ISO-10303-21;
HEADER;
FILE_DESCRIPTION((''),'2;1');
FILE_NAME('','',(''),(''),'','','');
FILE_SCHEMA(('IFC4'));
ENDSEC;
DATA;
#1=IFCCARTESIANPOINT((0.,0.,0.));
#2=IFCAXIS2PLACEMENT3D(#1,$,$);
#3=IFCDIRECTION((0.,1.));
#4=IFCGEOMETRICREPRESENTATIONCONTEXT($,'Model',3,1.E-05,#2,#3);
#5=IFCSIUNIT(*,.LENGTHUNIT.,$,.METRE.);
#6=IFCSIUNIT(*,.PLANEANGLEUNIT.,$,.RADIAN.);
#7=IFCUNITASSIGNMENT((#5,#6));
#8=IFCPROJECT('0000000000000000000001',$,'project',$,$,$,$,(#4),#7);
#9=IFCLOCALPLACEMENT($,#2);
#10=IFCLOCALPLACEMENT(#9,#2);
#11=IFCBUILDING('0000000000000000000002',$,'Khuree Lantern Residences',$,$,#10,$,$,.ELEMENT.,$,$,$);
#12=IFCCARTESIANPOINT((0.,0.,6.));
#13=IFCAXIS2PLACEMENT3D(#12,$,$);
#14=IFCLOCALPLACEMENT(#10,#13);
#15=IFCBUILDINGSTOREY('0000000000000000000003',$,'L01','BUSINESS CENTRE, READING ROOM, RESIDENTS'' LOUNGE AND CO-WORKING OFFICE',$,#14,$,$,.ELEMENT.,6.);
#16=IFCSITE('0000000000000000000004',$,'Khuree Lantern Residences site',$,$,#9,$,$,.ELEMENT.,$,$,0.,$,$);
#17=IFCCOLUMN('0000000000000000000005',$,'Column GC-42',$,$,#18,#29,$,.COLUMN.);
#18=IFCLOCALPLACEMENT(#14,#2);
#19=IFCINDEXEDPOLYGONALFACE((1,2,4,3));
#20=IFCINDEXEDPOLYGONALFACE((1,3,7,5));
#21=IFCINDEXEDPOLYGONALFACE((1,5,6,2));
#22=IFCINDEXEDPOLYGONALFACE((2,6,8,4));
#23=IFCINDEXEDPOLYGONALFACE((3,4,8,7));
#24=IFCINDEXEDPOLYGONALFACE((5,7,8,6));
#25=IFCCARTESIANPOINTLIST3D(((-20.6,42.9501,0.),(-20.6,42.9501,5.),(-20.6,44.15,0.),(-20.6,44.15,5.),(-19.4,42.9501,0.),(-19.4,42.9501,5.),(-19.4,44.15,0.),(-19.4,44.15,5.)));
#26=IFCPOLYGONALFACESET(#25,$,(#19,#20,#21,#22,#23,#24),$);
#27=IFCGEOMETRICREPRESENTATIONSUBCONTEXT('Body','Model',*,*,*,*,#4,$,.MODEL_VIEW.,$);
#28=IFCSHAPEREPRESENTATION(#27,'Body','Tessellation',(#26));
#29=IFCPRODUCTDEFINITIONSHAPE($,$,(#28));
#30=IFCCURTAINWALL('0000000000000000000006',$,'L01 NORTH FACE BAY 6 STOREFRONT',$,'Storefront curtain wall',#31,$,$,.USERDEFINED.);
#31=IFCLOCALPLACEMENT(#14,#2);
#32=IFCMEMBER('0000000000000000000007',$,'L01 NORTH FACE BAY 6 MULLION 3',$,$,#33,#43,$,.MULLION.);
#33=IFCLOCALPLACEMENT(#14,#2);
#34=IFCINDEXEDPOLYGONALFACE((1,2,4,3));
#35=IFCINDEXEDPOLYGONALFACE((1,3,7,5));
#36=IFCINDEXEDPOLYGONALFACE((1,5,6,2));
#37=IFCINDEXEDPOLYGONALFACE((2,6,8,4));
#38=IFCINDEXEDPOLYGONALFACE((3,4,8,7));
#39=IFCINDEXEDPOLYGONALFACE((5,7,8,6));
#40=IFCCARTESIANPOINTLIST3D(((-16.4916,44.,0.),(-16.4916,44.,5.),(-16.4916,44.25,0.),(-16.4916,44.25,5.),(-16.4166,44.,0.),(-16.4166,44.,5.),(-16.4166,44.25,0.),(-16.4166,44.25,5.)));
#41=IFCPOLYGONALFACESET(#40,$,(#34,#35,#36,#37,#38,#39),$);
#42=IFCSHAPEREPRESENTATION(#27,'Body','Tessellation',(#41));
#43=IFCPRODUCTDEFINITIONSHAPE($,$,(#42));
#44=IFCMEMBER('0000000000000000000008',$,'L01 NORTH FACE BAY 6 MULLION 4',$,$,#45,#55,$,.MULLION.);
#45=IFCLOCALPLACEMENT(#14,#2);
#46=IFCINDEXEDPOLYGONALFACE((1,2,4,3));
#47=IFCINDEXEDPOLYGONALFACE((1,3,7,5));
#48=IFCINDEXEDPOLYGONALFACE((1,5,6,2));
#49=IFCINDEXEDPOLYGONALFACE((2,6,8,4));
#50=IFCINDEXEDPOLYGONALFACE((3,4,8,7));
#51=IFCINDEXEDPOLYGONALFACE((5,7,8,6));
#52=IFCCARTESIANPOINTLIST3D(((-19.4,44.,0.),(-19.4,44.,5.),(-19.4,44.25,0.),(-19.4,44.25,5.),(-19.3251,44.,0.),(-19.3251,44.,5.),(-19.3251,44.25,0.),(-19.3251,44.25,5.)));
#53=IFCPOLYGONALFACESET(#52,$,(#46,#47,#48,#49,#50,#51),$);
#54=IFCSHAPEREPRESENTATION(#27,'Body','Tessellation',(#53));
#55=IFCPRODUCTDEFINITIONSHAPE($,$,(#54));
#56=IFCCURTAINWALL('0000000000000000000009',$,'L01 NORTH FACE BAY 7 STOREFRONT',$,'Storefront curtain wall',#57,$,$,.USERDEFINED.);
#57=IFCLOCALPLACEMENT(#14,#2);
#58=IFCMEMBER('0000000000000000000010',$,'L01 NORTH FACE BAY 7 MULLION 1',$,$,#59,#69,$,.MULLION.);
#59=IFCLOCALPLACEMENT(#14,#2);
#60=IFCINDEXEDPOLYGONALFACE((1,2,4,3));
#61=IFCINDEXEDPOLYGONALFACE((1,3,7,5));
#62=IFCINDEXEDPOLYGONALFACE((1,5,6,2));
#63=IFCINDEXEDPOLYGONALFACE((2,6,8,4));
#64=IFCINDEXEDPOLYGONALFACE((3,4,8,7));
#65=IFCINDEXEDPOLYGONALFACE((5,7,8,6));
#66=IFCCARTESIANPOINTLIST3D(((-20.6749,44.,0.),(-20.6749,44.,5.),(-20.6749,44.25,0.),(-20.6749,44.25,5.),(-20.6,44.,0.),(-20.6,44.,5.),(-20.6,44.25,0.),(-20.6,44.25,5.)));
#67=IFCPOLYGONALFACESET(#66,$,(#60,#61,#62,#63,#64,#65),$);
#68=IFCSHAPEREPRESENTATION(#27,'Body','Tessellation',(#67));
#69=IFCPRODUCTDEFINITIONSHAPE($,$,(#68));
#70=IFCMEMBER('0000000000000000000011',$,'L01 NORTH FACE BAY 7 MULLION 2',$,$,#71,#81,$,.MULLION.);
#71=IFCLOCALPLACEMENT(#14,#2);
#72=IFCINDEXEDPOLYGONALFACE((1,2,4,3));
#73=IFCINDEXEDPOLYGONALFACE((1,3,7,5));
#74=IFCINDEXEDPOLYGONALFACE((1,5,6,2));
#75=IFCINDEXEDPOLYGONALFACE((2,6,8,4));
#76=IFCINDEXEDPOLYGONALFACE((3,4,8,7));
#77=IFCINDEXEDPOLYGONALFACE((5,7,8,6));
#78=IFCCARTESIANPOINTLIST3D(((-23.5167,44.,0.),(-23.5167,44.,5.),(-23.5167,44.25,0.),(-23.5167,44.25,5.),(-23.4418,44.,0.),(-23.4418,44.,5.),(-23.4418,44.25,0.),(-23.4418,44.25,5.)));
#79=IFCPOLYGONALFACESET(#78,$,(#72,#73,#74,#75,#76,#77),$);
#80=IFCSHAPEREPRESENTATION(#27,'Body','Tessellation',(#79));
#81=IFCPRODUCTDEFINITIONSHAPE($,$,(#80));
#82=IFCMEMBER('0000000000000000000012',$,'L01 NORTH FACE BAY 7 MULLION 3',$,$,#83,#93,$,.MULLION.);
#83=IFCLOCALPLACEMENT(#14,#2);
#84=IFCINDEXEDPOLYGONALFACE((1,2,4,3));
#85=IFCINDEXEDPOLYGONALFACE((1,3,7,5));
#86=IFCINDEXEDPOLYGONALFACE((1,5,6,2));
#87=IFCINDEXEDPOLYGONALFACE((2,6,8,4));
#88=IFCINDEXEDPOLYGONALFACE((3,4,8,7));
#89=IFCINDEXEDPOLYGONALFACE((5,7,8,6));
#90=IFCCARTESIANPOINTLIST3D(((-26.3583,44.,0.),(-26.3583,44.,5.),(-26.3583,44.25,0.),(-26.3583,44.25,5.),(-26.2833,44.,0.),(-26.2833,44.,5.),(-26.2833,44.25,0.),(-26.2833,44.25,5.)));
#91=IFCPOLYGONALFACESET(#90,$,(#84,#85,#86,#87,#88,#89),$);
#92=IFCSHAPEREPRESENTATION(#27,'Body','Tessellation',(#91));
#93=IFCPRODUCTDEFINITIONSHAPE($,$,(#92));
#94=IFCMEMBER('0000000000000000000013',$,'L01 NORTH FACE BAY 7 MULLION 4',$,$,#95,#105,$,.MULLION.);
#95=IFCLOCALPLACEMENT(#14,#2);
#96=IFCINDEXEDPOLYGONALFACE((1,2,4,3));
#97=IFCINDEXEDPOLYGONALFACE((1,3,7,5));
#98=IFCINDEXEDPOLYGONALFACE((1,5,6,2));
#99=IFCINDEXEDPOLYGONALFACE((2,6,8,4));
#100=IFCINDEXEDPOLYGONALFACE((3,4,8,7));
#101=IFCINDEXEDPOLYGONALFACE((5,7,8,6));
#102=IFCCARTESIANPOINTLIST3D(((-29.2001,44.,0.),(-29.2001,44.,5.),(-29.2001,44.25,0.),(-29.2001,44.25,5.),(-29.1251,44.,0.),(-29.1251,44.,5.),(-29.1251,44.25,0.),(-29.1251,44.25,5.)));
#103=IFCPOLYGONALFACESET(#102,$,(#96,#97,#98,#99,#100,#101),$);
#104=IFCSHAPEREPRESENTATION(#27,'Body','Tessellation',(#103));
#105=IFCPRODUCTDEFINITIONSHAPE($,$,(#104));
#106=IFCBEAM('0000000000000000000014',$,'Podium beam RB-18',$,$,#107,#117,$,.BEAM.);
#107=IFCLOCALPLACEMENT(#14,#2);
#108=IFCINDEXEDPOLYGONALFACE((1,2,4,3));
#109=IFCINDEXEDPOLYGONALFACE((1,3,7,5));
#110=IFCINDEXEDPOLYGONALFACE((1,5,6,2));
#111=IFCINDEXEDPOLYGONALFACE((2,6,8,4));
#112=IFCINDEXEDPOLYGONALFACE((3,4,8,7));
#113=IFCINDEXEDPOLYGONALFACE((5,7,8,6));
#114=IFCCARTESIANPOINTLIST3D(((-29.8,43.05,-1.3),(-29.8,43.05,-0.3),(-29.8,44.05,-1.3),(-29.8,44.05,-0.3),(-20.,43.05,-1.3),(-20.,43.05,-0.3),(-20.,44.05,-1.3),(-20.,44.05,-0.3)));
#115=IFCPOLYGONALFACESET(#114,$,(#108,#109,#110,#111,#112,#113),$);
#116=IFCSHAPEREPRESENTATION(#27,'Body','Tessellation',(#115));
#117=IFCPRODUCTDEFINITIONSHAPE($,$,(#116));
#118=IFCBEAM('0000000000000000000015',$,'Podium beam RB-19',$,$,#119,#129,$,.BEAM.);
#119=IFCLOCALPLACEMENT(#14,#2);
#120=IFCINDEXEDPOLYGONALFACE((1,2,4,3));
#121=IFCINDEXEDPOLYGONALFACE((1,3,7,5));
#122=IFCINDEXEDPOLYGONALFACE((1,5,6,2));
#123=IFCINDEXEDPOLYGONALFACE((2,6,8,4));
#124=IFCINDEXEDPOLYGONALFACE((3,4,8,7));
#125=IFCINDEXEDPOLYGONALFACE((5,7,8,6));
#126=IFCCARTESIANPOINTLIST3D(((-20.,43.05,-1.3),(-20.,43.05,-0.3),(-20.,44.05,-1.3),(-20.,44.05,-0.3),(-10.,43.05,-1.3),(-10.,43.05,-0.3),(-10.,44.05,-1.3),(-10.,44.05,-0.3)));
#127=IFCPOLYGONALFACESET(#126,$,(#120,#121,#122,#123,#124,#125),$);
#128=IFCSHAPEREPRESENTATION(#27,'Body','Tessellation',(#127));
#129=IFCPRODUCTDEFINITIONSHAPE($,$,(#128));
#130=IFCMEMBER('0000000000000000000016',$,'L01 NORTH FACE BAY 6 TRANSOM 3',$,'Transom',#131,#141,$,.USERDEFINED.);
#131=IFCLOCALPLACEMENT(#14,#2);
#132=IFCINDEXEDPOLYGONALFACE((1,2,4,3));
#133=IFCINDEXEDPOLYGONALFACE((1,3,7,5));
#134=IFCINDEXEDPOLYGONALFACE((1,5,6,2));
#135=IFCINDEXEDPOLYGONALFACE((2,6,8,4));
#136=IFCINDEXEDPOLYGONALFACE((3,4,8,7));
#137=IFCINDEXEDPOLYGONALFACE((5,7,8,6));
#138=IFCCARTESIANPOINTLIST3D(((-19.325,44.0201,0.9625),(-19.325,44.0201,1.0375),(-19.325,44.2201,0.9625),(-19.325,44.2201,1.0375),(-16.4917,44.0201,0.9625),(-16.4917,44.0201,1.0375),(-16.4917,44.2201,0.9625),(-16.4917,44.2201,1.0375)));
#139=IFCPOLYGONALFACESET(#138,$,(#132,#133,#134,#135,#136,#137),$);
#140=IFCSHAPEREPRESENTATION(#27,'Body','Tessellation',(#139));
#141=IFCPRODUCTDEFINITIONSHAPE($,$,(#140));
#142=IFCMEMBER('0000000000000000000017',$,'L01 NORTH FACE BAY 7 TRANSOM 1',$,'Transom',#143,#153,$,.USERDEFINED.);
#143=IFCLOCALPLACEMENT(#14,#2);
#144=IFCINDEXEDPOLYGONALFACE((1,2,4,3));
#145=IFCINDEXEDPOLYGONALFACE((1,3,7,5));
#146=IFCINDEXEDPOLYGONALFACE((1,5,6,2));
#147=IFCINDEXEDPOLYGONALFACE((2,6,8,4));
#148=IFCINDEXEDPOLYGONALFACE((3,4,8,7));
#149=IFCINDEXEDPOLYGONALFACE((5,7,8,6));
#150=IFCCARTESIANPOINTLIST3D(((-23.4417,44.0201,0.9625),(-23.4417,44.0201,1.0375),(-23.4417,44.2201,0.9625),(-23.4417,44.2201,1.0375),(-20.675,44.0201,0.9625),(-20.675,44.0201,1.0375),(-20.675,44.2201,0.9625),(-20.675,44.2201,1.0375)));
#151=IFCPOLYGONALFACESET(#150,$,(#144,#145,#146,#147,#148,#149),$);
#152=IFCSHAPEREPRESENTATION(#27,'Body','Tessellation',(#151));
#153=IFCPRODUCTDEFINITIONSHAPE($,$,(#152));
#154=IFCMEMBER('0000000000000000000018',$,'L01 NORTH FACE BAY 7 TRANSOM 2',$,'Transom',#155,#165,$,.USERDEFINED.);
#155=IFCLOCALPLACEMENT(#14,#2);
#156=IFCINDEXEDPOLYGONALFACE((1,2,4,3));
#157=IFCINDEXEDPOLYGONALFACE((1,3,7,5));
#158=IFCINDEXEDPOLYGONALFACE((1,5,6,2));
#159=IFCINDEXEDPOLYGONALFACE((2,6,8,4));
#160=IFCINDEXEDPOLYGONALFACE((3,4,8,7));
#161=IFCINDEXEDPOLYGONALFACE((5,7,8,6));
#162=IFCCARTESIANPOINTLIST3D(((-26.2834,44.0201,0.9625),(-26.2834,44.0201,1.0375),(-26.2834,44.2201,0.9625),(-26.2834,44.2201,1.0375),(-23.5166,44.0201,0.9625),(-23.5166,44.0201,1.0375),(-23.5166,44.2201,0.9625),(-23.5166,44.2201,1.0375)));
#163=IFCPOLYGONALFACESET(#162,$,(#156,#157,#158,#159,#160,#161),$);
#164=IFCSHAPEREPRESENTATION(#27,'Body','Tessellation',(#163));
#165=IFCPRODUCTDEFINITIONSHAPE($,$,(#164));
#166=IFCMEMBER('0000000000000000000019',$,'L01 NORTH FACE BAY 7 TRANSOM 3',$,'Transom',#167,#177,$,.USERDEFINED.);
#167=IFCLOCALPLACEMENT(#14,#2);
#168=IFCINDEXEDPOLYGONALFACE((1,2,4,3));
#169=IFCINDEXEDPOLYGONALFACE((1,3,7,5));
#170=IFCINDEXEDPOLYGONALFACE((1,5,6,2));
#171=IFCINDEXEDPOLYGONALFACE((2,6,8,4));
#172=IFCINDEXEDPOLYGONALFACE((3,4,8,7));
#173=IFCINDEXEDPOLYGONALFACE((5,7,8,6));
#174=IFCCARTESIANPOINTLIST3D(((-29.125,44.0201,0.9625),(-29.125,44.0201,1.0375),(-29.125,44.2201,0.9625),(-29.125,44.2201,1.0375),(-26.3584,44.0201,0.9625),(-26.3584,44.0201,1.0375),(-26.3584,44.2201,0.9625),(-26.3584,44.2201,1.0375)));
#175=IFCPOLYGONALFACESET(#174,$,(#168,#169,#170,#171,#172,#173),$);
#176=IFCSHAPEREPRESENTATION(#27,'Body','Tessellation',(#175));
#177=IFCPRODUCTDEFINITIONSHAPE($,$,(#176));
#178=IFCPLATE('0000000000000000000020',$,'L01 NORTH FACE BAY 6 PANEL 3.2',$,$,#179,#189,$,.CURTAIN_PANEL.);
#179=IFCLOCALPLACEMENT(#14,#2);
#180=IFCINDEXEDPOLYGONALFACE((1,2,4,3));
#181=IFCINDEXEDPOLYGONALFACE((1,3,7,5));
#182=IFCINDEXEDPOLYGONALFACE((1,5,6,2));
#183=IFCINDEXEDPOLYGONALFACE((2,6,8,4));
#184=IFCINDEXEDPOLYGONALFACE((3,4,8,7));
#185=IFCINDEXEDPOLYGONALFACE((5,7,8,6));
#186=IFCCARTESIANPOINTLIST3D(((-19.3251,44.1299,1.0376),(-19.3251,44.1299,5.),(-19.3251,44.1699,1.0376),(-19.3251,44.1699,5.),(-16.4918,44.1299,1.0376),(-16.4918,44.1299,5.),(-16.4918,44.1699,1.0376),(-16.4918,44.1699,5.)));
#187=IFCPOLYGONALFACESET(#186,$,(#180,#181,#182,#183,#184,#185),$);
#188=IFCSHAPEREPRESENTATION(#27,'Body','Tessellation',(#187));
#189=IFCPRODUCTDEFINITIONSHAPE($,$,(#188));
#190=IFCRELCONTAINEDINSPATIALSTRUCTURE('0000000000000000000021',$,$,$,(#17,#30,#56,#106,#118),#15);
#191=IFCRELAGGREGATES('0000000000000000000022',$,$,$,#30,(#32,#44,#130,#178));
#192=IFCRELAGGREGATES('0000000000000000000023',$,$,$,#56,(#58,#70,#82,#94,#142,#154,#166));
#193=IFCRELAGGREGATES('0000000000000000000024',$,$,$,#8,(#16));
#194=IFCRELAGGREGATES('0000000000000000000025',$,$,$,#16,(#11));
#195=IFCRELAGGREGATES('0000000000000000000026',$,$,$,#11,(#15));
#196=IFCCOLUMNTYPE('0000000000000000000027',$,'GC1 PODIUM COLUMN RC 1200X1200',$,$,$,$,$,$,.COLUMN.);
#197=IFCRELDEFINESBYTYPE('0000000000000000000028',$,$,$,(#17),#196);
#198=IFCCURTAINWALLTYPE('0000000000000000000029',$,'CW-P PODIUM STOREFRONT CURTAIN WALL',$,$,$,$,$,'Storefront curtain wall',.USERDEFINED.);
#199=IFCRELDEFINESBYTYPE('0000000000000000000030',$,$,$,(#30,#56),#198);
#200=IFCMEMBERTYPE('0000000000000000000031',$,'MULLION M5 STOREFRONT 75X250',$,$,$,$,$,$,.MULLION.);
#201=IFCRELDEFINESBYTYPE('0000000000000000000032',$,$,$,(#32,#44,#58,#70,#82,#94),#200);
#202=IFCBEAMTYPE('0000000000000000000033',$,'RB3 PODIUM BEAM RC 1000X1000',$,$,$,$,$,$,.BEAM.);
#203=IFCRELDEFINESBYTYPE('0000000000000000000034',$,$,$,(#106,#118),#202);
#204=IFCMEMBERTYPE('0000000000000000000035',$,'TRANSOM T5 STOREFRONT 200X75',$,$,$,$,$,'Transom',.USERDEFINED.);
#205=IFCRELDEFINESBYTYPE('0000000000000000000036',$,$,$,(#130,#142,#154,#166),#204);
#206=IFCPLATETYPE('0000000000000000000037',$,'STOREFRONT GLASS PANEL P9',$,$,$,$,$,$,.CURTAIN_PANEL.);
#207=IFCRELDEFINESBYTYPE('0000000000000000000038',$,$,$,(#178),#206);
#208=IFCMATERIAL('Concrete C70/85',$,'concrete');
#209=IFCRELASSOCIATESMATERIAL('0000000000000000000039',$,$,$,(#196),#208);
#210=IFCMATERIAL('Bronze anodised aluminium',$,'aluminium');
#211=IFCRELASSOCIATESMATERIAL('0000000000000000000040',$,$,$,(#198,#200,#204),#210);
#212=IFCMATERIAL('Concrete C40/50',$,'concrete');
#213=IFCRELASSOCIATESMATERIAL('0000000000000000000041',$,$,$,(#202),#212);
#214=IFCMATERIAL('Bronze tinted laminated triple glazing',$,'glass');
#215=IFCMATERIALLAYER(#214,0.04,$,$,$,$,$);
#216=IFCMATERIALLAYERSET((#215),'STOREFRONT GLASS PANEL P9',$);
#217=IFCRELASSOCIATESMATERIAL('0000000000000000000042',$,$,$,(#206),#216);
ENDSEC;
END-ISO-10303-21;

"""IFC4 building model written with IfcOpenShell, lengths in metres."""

from ifc_helpers import new_model, si_unit, direction, frame, origin, origin_2d, place, context, subcontext, project, spatial, rectangle, extrude, material, layer, layer_set, material_profile, profile_set, type_object, element, aggregate, save


model = new_model("IFC4")

# Units and contexts
model_context = context("Model", 3, precision=1e-05, world=origin(), true_north=direction((0.0, 1.0)))
body_context = subcontext(model_context, "Body", "Model", "MODEL_VIEW")
ifc_project = project(units=[si_unit("LENGTHUNIT", "METRE"), si_unit("PLANEANGLEUNIT", "RADIAN")], contexts=[model_context])

# Site, building, storey
site_placement = place(None, origin())
site = spatial("IfcSite", under=ifc_project, at=site_placement, Name="Khuree Lantern Residences site", CompositionType="ELEMENT", RefElevation=0.0)
building_placement = place(site_placement, origin())
building = spatial("IfcBuilding", under=site, at=building_placement, Name="Khuree Lantern Residences", CompositionType="ELEMENT")
storey_placement = place(building_placement, frame((0.0, 0.0, 6.0)))
storey = spatial("IfcBuildingStorey", under=building, at=storey_placement, Name="L01", Description="BUSINESS CENTRE, READING ROOM, RESIDENTS' LOUNGE AND CO-WORKING OFFICE", CompositionType="ELEMENT", Elevation=6.0)

# Column
ifc_material_1 = material(Name="Concrete C70/85", Category="concrete")
ifc_material_profile_1 = material_profile(ifc_material_1, rectangle(XDim=1.2, YDim=1.2, at=origin_2d()), Name="RC 1200X1200")
ifc_profile_set_1 = profile_set([ifc_material_profile_1], Name="Concrete C70/85")
column_type = type_object("IfcColumnType", Name="GC1 PODIUM COLUMN RC 1200X1200", PredefinedType="COLUMN", material=ifc_profile_set_1)
column_placement = place(storey_placement, frame((-20.0, 43.55, 0.0), z_axis=(0.0, 0.0, 1.0), x_axis=(1.0, 0.0, 0.0)))
element("IfcColumn", 1, at=column_placement, inside=storey, type_object=column_type, Name="Column GC-42", PredefinedType="COLUMN", context=body_context, shape_type="SweptSolid", body=[
    extrude(rectangle(XDim=1.2, YDim=1.2, at=origin_2d()), origin(), (0.0, 0.0, 1.0), 5.0),
])

# Curtain walls, members
ifc_material_2 = material(Name="Bronze anodised aluminium", Category="aluminium")
curtain_wall_type = type_object("IfcCurtainWallType", Name="CW-P PODIUM STOREFRONT CURTAIN WALL", ElementType="Storefront curtain wall", PredefinedType="USERDEFINED", material=ifc_material_2)
curtain_wall_1_placement = place(storey_placement, origin())
curtain_wall_1 = element("IfcCurtainWall", 2, at=curtain_wall_1_placement, inside=storey, type_object=curtain_wall_type, Name="L01 NORTH FACE BAY 6 STOREFRONT", ObjectType="Storefront curtain wall", PredefinedType="USERDEFINED")
ifc_material_profile_2 = material_profile(ifc_material_2, rectangle(XDim=0.075, YDim=0.25, at=origin_2d()), Name="M5 75X250")
ifc_profile_set_2 = profile_set([ifc_material_profile_2], Name="Bronze anodised aluminium")
member_type_1 = type_object("IfcMemberType", Name="MULLION M5 STOREFRONT 75X250", PredefinedType="MULLION", material=ifc_profile_set_2)
member_1_placement = place(storey_placement, frame((-16.4541, 44.125, 0.0), z_axis=(0.0, 0.0, 1.0), x_axis=(-1.0, 0.0, 0.0)))
member_1 = element("IfcMember", 3, at=member_1_placement, type_object=member_type_1, Name="L01 NORTH FACE BAY 6 MULLION 3", PredefinedType="MULLION", context=body_context, shape_type="SweptSolid", body=[
    extrude(rectangle(XDim=0.075, YDim=0.25, at=origin_2d()), origin(), (0.0, 0.0, 1.0), 5.0),
])
member_2_placement = place(storey_placement, frame((-19.3625, 44.125, 0.0), z_axis=(0.0, 0.0, 1.0), x_axis=(-1.0, 0.0, 0.0)))
member_2 = element("IfcMember", 4, at=member_2_placement, type_object=member_type_1, Name="L01 NORTH FACE BAY 6 MULLION 4", PredefinedType="MULLION", context=body_context, shape_type="SweptSolid", body=[
    extrude(rectangle(XDim=0.075, YDim=0.25, at=origin_2d()), origin(), (0.0, 0.0, 1.0), 5.0),
])
curtain_wall_2_placement = place(storey_placement, origin())
curtain_wall_2 = element("IfcCurtainWall", 5, at=curtain_wall_2_placement, inside=storey, type_object=curtain_wall_type, Name="L01 NORTH FACE BAY 7 STOREFRONT", ObjectType="Storefront curtain wall", PredefinedType="USERDEFINED")
member_3_placement = place(storey_placement, frame((-20.6375, 44.125, 0.0), z_axis=(0.0, 0.0, 1.0), x_axis=(-1.0, 0.0, 0.0)))
member_3 = element("IfcMember", 6, at=member_3_placement, type_object=member_type_1, Name="L01 NORTH FACE BAY 7 MULLION 1", PredefinedType="MULLION", context=body_context, shape_type="SweptSolid", body=[
    extrude(rectangle(XDim=0.075, YDim=0.25, at=origin_2d()), origin(), (0.0, 0.0, 1.0), 5.0),
])
member_4_placement = place(storey_placement, frame((-23.4792, 44.125, 0.0), z_axis=(0.0, 0.0, 1.0), x_axis=(-1.0, 0.0, 0.0)))
member_4 = element("IfcMember", 7, at=member_4_placement, type_object=member_type_1, Name="L01 NORTH FACE BAY 7 MULLION 2", PredefinedType="MULLION", context=body_context, shape_type="SweptSolid", body=[
    extrude(rectangle(XDim=0.075, YDim=0.25, at=origin_2d()), origin(), (0.0, 0.0, 1.0), 5.0),
])
member_5_placement = place(storey_placement, frame((-26.3208, 44.125, 0.0), z_axis=(0.0, 0.0, 1.0), x_axis=(-1.0, 0.0, 0.0)))
member_5 = element("IfcMember", 8, at=member_5_placement, type_object=member_type_1, Name="L01 NORTH FACE BAY 7 MULLION 3", PredefinedType="MULLION", context=body_context, shape_type="SweptSolid", body=[
    extrude(rectangle(XDim=0.075, YDim=0.25, at=origin_2d()), origin(), (0.0, 0.0, 1.0), 5.0),
])
member_6_placement = place(storey_placement, frame((-29.1626, 44.125, 0.0), z_axis=(0.0, 0.0, 1.0), x_axis=(-1.0, 0.0, 0.0)))
member_6 = element("IfcMember", 9, at=member_6_placement, type_object=member_type_1, Name="L01 NORTH FACE BAY 7 MULLION 4", PredefinedType="MULLION", context=body_context, shape_type="SweptSolid", body=[
    extrude(rectangle(XDim=0.075, YDim=0.25, at=origin_2d()), origin(), (0.0, 0.0, 1.0), 5.0),
])

# Beams
ifc_material_3 = material(Name="Concrete C40/50", Category="concrete")
ifc_material_profile_3 = material_profile(ifc_material_3, rectangle(XDim=1.0, YDim=1.0, at=origin_2d()), Name="RC 1000X1000")
ifc_profile_set_3 = profile_set([ifc_material_profile_3], Name="Concrete C40/50")
beam_type = type_object("IfcBeamType", Name="RB3 PODIUM BEAM RC 1000X1000", PredefinedType="BEAM", material=ifc_profile_set_3)
beam_1_placement = place(storey_placement, frame((-29.8, 43.55, -0.8), z_axis=(1.0, 0.0, 0.0), x_axis=(0.0, 1.0, 0.0)))
element("IfcBeam", 10, at=beam_1_placement, inside=storey, type_object=beam_type, Name="Podium beam RB-18", PredefinedType="BEAM", context=body_context, shape_type="SweptSolid", body=[
    extrude(rectangle(XDim=1.0, YDim=1.0, at=origin_2d()), origin(), (0.0, 0.0, 1.0), 9.8),
])
beam_2_placement = place(storey_placement, frame((-20.0, 43.55, -0.8), z_axis=(1.0, 0.0, 0.0), x_axis=(0.0, 1.0, 0.0)))
element("IfcBeam", 11, at=beam_2_placement, inside=storey, type_object=beam_type, Name="Podium beam RB-19", PredefinedType="BEAM", context=body_context, shape_type="SweptSolid", body=[
    extrude(rectangle(XDim=1.0, YDim=1.0, at=origin_2d()), origin(), (0.0, 0.0, 1.0), 10.0),
])

# Members
ifc_material_profile_4 = material_profile(ifc_material_2, rectangle(XDim=0.2, YDim=0.075, at=origin_2d()), Name="T5 200X75")
ifc_profile_set_4 = profile_set([ifc_material_profile_4], Name="Bronze anodised aluminium")
member_type_2 = type_object("IfcMemberType", Name="TRANSOM T5 STOREFRONT 200X75", ElementType="Transom", PredefinedType="USERDEFINED", material=ifc_profile_set_4)
member_7_placement = place(storey_placement, frame((-16.4917, 44.1201, 1.0), z_axis=(-1.0, 0.0, 0.0), x_axis=(0.0, -1.0, 0.0)))
member_7 = element("IfcMember", 12, at=member_7_placement, type_object=member_type_2, Name="L01 NORTH FACE BAY 6 TRANSOM 3", ObjectType="Transom", PredefinedType="USERDEFINED", context=body_context, shape_type="SweptSolid", body=[
    extrude(rectangle(XDim=0.2, YDim=0.075, at=origin_2d()), origin(), (0.0, 0.0, 1.0), 2.8333),
])
member_8_placement = place(storey_placement, frame((-20.675, 44.1201, 1.0), z_axis=(-1.0, 0.0, 0.0), x_axis=(0.0, -1.0, 0.0)))
member_8 = element("IfcMember", 13, at=member_8_placement, type_object=member_type_2, Name="L01 NORTH FACE BAY 7 TRANSOM 1", ObjectType="Transom", PredefinedType="USERDEFINED", context=body_context, shape_type="SweptSolid", body=[
    extrude(rectangle(XDim=0.2, YDim=0.075, at=origin_2d()), origin(), (0.0, 0.0, 1.0), 2.7666),
])
member_9_placement = place(storey_placement, frame((-23.5166, 44.1201, 1.0), z_axis=(-1.0, 0.0, 0.0), x_axis=(0.0, -1.0, 0.0)))
member_9 = element("IfcMember", 14, at=member_9_placement, type_object=member_type_2, Name="L01 NORTH FACE BAY 7 TRANSOM 2", ObjectType="Transom", PredefinedType="USERDEFINED", context=body_context, shape_type="SweptSolid", body=[
    extrude(rectangle(XDim=0.2, YDim=0.075, at=origin_2d()), origin(), (0.0, 0.0, 1.0), 2.7668),
])
member_10_placement = place(storey_placement, frame((-26.3584, 44.1201, 1.0), z_axis=(-1.0, 0.0, 0.0), x_axis=(0.0, -1.0, 0.0)))
member_10 = element("IfcMember", 15, at=member_10_placement, type_object=member_type_2, Name="L01 NORTH FACE BAY 7 TRANSOM 3", ObjectType="Transom", PredefinedType="USERDEFINED", context=body_context, shape_type="SweptSolid", body=[
    extrude(rectangle(XDim=0.2, YDim=0.075, at=origin_2d()), origin(), (0.0, 0.0, 1.0), 2.7666),
])

# Plate
ifc_material_4 = material(Name="Bronze tinted laminated triple glazing", Category="glass")
ifc_layer_1 = layer(ifc_material_4, 0.04)
ifc_layer_set_1 = layer_set([ifc_layer_1], Name="STOREFRONT GLASS PANEL P9")
plate_type_1 = type_object("IfcPlateType", Name="STOREFRONT GLASS PANEL P9", PredefinedType="CURTAIN_PANEL", material=ifc_layer_set_1)
plate_1_placement = place(storey_placement, frame((-17.9084, 44.1499, 1.0376), z_axis=(0.0, 0.0, 1.0), x_axis=(-1.0, 0.0, 0.0)))
plate_1 = element("IfcPlate", 16, at=plate_1_placement, type_object=plate_type_1, Name="L01 NORTH FACE BAY 6 PANEL 3.2", PredefinedType="CURTAIN_PANEL", context=body_context, shape_type="SweptSolid", body=[
    extrude(rectangle(XDim=2.8333, YDim=0.04, at=origin_2d()), origin(), (0.0, 0.0, 1.0), 3.9624),
])
aggregate(curtain_wall_1, [member_1, member_2, member_7, plate_1])
aggregate(curtain_wall_2, [member_3, member_4, member_5, member_6, member_8, member_9, member_10])

save(model, "model.ifc")
